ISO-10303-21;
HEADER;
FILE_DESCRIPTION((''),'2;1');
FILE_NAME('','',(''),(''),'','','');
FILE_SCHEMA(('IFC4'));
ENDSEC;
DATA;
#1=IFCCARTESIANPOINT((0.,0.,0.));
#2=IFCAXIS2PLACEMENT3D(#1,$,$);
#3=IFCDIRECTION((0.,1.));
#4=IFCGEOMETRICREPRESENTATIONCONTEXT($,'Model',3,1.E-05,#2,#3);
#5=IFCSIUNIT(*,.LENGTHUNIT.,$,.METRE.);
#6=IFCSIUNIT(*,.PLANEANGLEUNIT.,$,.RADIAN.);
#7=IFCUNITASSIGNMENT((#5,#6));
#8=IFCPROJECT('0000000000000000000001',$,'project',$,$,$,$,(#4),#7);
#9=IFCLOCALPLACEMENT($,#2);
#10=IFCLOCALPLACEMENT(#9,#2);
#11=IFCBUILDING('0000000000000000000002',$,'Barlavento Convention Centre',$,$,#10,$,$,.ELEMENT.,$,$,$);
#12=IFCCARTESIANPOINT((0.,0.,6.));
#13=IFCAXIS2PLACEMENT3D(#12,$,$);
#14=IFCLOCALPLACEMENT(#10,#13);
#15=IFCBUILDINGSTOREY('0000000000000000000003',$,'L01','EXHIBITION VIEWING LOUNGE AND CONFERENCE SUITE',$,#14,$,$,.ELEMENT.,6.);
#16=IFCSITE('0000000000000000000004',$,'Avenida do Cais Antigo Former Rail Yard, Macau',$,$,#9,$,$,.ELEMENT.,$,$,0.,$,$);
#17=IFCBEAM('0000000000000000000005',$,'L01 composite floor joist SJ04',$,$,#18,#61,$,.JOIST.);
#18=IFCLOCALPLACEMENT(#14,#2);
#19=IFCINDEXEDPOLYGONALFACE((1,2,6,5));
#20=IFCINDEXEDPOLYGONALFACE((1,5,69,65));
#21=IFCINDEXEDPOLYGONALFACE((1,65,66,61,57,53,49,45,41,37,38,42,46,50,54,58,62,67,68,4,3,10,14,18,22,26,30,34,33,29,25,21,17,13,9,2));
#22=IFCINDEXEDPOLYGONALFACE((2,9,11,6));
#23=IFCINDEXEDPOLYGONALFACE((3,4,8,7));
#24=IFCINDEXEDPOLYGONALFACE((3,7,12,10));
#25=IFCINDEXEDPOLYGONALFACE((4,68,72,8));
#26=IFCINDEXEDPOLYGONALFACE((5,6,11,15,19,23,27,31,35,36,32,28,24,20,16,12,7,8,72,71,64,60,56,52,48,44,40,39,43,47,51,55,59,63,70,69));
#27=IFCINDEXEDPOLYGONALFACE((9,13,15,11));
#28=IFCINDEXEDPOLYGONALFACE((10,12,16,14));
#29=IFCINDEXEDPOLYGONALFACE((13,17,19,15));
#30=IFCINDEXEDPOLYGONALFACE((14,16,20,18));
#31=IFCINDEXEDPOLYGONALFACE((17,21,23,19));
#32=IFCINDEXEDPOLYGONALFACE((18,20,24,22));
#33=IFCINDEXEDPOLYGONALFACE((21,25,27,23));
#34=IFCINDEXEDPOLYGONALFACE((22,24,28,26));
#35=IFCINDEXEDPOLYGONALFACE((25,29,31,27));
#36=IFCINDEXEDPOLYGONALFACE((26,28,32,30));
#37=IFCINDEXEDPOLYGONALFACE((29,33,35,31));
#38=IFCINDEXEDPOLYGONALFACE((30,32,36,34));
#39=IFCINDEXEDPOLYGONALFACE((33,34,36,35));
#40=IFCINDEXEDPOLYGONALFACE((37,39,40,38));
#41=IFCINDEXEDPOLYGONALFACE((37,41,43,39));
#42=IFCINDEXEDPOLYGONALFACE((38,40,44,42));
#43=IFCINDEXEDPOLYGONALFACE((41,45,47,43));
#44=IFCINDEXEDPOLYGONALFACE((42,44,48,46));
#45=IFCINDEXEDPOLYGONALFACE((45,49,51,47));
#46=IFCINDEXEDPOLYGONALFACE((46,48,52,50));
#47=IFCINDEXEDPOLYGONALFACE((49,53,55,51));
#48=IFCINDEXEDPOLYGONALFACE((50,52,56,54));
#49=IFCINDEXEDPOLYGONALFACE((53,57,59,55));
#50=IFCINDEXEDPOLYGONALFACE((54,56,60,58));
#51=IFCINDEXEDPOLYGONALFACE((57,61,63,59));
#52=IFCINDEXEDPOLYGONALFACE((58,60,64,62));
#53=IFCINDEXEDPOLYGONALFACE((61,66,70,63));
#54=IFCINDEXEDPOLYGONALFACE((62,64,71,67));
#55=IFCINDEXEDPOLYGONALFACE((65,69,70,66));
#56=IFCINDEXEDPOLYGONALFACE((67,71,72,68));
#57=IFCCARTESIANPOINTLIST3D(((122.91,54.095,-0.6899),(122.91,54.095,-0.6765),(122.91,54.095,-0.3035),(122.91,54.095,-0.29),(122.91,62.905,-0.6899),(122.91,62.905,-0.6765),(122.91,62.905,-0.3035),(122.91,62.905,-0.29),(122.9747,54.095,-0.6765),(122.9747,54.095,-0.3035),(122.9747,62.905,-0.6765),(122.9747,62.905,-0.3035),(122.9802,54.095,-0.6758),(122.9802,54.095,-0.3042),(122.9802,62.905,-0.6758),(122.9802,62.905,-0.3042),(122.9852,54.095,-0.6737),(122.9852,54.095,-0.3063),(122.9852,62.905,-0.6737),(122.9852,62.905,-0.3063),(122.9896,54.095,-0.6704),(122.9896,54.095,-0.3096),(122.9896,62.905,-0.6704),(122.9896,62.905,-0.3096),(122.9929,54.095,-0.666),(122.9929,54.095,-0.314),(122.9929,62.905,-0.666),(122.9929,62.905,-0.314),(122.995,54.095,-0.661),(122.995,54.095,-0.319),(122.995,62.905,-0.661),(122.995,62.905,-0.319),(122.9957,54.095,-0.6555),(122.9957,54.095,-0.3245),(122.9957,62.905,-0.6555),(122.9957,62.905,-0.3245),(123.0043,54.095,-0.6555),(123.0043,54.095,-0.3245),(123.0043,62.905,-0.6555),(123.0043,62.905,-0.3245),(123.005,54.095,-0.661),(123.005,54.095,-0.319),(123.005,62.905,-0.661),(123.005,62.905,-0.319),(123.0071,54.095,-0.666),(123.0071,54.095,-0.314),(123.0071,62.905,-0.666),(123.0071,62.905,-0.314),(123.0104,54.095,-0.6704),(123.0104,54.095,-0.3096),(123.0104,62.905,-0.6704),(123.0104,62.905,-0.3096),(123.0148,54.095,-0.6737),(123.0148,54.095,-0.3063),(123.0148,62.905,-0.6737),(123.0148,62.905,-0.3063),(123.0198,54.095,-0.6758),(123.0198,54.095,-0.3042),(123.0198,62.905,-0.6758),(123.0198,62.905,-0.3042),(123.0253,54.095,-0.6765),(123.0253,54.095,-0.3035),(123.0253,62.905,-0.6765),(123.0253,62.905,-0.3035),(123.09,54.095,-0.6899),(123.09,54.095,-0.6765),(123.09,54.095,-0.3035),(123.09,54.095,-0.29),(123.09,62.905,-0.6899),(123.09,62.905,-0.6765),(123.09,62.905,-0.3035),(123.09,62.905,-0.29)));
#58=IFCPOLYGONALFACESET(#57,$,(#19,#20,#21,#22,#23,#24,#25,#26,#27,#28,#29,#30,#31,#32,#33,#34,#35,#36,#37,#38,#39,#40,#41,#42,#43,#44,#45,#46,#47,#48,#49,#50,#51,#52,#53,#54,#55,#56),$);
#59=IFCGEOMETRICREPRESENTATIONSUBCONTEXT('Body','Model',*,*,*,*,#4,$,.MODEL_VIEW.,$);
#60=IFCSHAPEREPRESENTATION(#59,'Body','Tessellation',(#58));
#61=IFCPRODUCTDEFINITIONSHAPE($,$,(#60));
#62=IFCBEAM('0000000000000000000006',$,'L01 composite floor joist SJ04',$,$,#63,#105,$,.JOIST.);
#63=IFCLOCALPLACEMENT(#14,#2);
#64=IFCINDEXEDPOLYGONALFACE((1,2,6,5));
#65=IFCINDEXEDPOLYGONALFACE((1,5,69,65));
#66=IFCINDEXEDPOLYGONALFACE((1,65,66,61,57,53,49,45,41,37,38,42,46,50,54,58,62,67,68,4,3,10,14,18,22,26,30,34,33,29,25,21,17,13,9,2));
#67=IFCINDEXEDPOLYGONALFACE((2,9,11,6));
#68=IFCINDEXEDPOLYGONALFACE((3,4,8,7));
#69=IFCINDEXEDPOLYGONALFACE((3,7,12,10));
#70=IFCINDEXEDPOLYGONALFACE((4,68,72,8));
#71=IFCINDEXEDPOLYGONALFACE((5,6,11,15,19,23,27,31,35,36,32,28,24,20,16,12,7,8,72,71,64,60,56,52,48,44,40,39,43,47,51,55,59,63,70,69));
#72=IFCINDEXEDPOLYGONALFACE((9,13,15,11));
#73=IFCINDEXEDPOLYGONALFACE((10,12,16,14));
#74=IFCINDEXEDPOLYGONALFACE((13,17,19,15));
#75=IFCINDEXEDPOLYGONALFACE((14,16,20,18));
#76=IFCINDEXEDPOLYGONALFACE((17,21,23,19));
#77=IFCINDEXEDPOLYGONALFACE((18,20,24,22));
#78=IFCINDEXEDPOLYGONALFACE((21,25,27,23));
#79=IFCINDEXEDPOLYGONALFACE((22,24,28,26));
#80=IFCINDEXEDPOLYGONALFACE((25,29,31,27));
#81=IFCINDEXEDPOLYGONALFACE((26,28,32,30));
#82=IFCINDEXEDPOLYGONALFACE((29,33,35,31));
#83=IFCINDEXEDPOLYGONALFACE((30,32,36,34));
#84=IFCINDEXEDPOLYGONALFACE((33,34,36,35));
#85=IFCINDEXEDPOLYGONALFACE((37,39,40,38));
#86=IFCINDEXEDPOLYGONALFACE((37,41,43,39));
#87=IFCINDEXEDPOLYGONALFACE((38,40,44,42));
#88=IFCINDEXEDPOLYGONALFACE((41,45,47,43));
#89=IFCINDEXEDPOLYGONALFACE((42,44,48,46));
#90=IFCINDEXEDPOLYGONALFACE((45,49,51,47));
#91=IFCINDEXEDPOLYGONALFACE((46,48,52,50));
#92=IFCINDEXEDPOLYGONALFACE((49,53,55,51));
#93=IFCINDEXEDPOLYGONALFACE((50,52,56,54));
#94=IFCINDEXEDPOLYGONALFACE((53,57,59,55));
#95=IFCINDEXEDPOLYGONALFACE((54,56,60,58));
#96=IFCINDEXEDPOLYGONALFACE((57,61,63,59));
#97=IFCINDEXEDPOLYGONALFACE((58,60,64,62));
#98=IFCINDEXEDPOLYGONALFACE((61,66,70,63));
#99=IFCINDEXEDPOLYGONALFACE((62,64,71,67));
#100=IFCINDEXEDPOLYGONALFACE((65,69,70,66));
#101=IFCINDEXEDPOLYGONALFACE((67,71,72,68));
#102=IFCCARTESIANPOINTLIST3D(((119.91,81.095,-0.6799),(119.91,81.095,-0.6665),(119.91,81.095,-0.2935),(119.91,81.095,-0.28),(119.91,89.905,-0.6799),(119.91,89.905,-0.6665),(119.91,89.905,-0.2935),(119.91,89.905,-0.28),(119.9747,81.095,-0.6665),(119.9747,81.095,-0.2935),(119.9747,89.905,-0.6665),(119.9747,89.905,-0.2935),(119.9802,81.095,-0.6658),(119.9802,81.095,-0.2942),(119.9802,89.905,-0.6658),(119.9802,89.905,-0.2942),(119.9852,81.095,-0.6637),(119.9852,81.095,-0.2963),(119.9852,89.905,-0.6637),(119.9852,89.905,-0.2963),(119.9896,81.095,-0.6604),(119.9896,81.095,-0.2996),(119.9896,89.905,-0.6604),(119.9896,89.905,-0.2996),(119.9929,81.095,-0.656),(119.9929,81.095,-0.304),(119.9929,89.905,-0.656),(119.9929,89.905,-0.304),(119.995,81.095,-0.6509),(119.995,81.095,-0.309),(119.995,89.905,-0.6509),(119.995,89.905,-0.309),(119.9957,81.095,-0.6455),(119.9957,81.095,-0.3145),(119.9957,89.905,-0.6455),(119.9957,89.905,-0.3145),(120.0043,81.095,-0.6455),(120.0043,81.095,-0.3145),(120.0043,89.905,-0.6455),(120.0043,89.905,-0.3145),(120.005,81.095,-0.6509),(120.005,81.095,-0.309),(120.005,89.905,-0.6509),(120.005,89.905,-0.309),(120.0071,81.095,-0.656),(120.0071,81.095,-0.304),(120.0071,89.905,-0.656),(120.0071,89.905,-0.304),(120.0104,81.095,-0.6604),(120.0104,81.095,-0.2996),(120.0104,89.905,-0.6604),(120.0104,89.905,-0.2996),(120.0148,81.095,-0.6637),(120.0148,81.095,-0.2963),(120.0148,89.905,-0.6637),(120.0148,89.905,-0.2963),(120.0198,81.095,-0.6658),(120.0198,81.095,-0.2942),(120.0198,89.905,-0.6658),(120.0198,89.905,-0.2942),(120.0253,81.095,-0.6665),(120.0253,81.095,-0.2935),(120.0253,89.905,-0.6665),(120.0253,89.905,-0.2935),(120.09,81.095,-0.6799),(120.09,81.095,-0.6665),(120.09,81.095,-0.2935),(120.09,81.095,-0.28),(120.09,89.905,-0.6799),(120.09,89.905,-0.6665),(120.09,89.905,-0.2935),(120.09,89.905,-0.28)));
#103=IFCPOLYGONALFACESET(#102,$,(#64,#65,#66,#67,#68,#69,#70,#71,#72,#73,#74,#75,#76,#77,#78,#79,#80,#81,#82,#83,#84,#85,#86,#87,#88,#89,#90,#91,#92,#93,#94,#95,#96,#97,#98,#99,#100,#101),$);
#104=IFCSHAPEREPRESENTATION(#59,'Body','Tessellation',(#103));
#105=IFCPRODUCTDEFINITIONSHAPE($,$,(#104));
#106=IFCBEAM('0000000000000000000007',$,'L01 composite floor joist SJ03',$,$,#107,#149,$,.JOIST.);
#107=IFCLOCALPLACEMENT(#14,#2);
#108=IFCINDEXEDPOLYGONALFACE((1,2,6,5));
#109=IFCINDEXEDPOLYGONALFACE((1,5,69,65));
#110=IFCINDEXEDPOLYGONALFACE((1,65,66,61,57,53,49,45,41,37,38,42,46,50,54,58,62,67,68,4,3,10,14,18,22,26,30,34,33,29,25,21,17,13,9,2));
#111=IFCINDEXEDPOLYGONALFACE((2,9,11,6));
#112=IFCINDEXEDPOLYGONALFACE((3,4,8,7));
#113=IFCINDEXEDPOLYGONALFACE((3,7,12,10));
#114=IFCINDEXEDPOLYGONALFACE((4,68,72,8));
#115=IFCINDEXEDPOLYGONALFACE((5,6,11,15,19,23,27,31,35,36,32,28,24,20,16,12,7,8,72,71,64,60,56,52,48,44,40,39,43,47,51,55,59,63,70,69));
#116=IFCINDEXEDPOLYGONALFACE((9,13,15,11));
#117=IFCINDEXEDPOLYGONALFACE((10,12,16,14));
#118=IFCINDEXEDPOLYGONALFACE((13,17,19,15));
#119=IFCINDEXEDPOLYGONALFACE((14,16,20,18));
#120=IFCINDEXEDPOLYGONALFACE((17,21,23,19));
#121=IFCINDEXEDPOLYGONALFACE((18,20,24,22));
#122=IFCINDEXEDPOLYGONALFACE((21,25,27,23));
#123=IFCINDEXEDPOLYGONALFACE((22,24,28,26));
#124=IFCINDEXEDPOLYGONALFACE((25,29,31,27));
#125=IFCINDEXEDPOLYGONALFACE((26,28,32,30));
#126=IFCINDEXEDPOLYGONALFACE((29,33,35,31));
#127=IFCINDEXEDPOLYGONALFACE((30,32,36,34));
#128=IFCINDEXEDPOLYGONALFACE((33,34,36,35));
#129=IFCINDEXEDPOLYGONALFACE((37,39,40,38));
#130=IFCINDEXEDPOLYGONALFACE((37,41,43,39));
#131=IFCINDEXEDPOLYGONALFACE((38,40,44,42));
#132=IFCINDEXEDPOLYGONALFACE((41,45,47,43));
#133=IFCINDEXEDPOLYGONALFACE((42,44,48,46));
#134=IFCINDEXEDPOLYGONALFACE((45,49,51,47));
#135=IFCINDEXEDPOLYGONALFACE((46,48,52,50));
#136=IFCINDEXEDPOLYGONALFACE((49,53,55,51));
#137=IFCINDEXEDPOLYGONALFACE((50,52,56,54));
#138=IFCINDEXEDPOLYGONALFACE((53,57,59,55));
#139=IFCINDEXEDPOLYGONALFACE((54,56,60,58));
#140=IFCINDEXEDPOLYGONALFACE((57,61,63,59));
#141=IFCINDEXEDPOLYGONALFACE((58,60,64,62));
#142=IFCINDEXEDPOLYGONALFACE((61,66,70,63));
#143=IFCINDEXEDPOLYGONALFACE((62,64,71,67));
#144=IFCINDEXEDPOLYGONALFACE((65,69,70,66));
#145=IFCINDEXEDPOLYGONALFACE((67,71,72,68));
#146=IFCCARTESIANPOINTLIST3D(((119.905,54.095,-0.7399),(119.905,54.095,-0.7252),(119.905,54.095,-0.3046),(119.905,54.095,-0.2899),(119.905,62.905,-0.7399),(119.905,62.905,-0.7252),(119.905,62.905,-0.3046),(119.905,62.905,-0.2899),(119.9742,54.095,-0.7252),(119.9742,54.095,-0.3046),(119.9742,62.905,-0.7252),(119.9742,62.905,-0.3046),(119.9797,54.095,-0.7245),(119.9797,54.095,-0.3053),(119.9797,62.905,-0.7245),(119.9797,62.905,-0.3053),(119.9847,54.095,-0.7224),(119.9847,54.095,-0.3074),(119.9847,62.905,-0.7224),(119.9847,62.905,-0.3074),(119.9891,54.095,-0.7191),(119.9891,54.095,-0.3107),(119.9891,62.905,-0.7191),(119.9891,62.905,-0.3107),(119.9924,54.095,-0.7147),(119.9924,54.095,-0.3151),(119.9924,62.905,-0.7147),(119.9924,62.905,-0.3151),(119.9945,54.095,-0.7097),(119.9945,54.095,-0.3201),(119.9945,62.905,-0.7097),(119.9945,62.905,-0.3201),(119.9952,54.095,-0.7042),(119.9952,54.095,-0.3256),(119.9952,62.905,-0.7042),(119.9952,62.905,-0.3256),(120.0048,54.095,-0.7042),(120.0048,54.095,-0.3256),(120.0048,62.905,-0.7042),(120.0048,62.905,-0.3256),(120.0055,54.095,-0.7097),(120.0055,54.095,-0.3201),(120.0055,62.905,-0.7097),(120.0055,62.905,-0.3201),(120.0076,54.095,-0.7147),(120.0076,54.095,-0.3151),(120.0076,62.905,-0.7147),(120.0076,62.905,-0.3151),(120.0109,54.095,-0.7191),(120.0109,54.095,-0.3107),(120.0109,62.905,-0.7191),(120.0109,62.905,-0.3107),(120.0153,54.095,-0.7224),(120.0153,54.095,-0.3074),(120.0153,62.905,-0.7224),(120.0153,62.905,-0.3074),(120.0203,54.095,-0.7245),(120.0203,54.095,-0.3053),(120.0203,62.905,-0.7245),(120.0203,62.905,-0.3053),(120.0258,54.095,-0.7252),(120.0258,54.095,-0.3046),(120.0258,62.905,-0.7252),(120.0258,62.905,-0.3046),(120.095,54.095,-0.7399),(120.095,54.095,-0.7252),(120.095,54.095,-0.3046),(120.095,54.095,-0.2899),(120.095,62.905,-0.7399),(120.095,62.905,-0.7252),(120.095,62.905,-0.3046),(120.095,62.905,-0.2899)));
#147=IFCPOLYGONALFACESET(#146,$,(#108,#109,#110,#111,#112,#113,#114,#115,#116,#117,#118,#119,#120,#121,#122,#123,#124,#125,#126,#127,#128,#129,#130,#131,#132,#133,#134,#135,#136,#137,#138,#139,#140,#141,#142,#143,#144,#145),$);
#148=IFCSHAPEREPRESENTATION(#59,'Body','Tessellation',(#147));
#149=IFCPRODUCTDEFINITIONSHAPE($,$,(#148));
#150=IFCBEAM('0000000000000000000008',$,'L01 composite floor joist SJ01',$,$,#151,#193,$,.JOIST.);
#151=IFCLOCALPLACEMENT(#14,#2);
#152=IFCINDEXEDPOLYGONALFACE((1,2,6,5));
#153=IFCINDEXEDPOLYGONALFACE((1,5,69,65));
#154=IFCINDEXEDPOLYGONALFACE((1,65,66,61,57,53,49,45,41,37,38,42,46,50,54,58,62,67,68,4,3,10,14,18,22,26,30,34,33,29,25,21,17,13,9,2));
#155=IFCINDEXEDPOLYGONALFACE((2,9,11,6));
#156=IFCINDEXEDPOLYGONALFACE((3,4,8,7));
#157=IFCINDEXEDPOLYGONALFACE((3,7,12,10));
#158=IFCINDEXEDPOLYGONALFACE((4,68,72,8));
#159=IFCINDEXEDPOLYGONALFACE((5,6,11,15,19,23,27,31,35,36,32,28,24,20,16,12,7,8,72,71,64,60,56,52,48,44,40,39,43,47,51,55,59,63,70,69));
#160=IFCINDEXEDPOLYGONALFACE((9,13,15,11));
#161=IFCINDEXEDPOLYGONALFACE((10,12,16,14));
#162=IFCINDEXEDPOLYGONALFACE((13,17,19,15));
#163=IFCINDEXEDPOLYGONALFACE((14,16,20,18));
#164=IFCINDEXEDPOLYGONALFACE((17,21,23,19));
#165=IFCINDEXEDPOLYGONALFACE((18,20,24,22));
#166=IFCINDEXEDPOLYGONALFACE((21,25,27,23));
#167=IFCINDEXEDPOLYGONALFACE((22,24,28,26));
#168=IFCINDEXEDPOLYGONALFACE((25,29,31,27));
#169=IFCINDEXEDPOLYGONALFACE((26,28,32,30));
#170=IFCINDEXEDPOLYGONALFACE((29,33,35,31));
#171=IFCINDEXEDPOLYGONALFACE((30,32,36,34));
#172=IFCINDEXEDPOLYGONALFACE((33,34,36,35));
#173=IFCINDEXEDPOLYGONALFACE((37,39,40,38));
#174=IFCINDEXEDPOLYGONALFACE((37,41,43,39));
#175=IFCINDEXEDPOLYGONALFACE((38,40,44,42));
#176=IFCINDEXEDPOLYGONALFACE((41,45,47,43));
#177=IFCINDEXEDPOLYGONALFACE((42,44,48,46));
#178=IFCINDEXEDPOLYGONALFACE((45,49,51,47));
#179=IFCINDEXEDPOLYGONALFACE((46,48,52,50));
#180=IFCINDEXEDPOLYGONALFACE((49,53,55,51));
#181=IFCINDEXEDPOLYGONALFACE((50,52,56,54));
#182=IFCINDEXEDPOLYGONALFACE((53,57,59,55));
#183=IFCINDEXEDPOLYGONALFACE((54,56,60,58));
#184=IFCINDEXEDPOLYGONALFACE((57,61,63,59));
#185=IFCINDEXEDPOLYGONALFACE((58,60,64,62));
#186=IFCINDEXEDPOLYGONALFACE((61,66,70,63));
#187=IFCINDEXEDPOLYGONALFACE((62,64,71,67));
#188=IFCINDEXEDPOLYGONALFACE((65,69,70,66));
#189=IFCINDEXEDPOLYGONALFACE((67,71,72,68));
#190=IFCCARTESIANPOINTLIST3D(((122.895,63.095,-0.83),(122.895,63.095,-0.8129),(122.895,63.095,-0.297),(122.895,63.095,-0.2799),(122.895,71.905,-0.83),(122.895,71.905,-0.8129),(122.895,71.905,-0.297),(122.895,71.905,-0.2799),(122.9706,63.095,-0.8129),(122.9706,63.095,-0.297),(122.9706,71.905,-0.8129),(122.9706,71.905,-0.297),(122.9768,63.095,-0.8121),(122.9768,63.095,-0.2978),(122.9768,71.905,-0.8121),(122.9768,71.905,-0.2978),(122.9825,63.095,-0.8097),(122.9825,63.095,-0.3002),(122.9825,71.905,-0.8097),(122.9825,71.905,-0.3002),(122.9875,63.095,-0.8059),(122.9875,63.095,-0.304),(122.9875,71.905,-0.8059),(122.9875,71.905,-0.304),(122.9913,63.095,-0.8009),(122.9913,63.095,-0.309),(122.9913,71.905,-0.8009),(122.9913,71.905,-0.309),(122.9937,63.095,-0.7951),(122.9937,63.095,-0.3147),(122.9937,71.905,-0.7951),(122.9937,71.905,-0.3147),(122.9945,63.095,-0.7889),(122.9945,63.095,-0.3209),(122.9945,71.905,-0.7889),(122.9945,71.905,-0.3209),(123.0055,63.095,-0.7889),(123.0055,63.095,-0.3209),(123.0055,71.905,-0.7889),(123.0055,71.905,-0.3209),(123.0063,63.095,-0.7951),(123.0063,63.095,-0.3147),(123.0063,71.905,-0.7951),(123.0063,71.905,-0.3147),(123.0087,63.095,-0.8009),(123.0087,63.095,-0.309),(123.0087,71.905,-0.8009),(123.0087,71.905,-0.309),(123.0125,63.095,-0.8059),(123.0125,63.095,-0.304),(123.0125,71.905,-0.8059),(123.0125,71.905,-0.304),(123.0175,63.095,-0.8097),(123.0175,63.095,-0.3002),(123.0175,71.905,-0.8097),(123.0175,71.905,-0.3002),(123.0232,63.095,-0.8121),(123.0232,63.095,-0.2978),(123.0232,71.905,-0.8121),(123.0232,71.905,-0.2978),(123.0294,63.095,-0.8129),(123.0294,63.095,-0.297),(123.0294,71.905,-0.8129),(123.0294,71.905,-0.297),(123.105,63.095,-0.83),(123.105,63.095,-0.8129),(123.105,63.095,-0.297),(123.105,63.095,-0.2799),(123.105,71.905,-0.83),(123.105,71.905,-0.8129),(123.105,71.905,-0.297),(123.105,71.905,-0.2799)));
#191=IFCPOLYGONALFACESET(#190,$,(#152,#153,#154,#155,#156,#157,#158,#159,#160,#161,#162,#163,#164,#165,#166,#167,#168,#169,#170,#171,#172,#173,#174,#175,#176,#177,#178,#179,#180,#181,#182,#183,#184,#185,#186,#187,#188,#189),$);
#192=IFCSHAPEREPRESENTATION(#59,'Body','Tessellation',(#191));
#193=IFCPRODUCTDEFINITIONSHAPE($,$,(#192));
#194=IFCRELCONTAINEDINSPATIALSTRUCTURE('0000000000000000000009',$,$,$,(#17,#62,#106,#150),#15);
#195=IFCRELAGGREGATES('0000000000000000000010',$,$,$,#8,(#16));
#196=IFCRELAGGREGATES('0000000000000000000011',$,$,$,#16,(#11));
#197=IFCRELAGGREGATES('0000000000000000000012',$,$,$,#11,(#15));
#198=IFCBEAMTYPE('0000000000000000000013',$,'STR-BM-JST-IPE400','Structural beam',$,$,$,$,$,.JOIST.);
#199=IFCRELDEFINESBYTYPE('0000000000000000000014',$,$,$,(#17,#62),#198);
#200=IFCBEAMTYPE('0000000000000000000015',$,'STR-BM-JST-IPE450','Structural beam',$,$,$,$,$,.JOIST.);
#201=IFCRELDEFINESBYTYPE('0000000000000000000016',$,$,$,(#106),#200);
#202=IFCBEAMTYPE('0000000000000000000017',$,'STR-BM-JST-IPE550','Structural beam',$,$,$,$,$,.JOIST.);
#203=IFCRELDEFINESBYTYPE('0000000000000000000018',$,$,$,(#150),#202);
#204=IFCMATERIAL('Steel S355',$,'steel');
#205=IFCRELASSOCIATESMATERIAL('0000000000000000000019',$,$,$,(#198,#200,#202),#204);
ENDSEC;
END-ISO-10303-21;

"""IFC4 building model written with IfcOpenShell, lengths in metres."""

from ifc_helpers import new_model, si_unit, direction, frame, origin, origin_2d, place, context, subcontext, project, spatial, i_section, extrude, material, material_profile, profile_set, type_object, element, save


model = new_model("IFC4")

# Units and contexts
model_context = context("Model", 3, precision=1e-05, world=origin(), true_north=direction((0.0, 1.0)))
body_context = subcontext(model_context, "Body", "Model", "MODEL_VIEW")
ifc_project = project(units=[si_unit("LENGTHUNIT", "METRE"), si_unit("PLANEANGLEUNIT", "RADIAN")], contexts=[model_context])

# Site, building, storey
site_placement = place(None, origin())
site = spatial("IfcSite", under=ifc_project, at=site_placement, Name="Avenida do Cais Antigo Former Rail Yard, Macau", CompositionType="ELEMENT", RefElevation=0.0)
building_placement = place(site_placement, origin())
building = spatial("IfcBuilding", under=site, at=building_placement, Name="Barlavento Convention Centre", CompositionType="ELEMENT")
storey_placement = place(building_placement, frame((0.0, 0.0, 6.0)))
storey = spatial("IfcBuildingStorey", under=building, at=storey_placement, Name="L01", Description="EXHIBITION VIEWING LOUNGE AND CONFERENCE SUITE", CompositionType="ELEMENT", Elevation=6.0)

# Shared definitions
ifc_material_1 = material(Name="Steel S355", Category="steel")

# Beams
ifc_material_profile_1 = material_profile(ifc_material_1, i_section(OverallWidth=0.1799, OverallDepth=0.3999, WebThickness=0.0085, FlangeThickness=0.0134, FilletRadius=0.021, at=origin_2d()), Name="IPE 400")
ifc_profile_set_1 = profile_set([ifc_material_profile_1], Name="Steel S355")
beam_type_1 = type_object("IfcBeamType", Name="STR-BM-JST-IPE400", Description="Structural beam", PredefinedType="JOIST", material=ifc_profile_set_1)
for number, where, z_axis, x_axis, name in (
    (1, (123.0, 54.095, -0.49), (0.0, 1.0, 0.0), (-1.0, 0.0, 0.0), "L01 composite floor joist SJ04"),
    (2, (120.0, 81.095, -0.48), (0.0, 1.0, 0.0), (-1.0, 0.0, 0.0), "L01 composite floor joist SJ04"),
):
    element("IfcBeam", number, at=place(storey_placement, frame(where, z_axis=z_axis, x_axis=x_axis)), inside=storey, type_object=beam_type_1, Name=name, PredefinedType="JOIST", context=body_context, shape_type="SweptSolid", body=[
        extrude(i_section(OverallWidth=0.1799, OverallDepth=0.3999, WebThickness=0.0085, FlangeThickness=0.0134, FilletRadius=0.021, at=origin_2d()), origin(), (0.0, 0.0, 1.0), 8.8101),
    ])
ifc_material_profile_2 = material_profile(ifc_material_1, i_section(OverallWidth=0.1899, OverallDepth=0.45, WebThickness=0.0095, FlangeThickness=0.0146, FilletRadius=0.021, at=origin_2d()), Name="IPE 450")
ifc_profile_set_2 = profile_set([ifc_material_profile_2], Name="Steel S355")
beam_type_2 = type_object("IfcBeamType", Name="STR-BM-JST-IPE450", Description="Structural beam", PredefinedType="JOIST", material=ifc_profile_set_2)
beam_1_placement = place(storey_placement, frame((120.0, 54.095, -0.5149), z_axis=(0.0, 1.0, 0.0), x_axis=(-1.0, 0.0, 0.0)))
element("IfcBeam", 3, at=beam_1_placement, inside=storey, type_object=beam_type_2, Name="L01 composite floor joist SJ03", PredefinedType="JOIST", context=body_context, shape_type="SweptSolid", body=[
    extrude(i_section(OverallWidth=0.1899, OverallDepth=0.45, WebThickness=0.0095, FlangeThickness=0.0146, FilletRadius=0.021, at=origin_2d()), origin(), (0.0, 0.0, 1.0), 8.8101),
])
ifc_material_profile_3 = material_profile(ifc_material_1, i_section(OverallWidth=0.21, OverallDepth=0.55, WebThickness=0.011, FlangeThickness=0.0171, FilletRadius=0.0239, at=origin_2d()), Name="IPE 550")
ifc_profile_set_3 = profile_set([ifc_material_profile_3], Name="Steel S355")
beam_type_3 = type_object("IfcBeamType", Name="STR-BM-JST-IPE550", Description="Structural beam", PredefinedType="JOIST", material=ifc_profile_set_3)
beam_2_placement = place(storey_placement, frame((123.0, 63.095, -0.5549), z_axis=(0.0, 1.0, 0.0), x_axis=(-1.0, 0.0, 0.0)))
element("IfcBeam", 4, at=beam_2_placement, inside=storey, type_object=beam_type_3, Name="L01 composite floor joist SJ01", PredefinedType="JOIST", context=body_context, shape_type="SweptSolid", body=[
    extrude(i_section(OverallWidth=0.21, OverallDepth=0.55, WebThickness=0.011, FlangeThickness=0.0171, FilletRadius=0.0239, at=origin_2d()), origin(), (0.0, 0.0, 1.0), 8.8101),
])

save(model, "model.ifc")
